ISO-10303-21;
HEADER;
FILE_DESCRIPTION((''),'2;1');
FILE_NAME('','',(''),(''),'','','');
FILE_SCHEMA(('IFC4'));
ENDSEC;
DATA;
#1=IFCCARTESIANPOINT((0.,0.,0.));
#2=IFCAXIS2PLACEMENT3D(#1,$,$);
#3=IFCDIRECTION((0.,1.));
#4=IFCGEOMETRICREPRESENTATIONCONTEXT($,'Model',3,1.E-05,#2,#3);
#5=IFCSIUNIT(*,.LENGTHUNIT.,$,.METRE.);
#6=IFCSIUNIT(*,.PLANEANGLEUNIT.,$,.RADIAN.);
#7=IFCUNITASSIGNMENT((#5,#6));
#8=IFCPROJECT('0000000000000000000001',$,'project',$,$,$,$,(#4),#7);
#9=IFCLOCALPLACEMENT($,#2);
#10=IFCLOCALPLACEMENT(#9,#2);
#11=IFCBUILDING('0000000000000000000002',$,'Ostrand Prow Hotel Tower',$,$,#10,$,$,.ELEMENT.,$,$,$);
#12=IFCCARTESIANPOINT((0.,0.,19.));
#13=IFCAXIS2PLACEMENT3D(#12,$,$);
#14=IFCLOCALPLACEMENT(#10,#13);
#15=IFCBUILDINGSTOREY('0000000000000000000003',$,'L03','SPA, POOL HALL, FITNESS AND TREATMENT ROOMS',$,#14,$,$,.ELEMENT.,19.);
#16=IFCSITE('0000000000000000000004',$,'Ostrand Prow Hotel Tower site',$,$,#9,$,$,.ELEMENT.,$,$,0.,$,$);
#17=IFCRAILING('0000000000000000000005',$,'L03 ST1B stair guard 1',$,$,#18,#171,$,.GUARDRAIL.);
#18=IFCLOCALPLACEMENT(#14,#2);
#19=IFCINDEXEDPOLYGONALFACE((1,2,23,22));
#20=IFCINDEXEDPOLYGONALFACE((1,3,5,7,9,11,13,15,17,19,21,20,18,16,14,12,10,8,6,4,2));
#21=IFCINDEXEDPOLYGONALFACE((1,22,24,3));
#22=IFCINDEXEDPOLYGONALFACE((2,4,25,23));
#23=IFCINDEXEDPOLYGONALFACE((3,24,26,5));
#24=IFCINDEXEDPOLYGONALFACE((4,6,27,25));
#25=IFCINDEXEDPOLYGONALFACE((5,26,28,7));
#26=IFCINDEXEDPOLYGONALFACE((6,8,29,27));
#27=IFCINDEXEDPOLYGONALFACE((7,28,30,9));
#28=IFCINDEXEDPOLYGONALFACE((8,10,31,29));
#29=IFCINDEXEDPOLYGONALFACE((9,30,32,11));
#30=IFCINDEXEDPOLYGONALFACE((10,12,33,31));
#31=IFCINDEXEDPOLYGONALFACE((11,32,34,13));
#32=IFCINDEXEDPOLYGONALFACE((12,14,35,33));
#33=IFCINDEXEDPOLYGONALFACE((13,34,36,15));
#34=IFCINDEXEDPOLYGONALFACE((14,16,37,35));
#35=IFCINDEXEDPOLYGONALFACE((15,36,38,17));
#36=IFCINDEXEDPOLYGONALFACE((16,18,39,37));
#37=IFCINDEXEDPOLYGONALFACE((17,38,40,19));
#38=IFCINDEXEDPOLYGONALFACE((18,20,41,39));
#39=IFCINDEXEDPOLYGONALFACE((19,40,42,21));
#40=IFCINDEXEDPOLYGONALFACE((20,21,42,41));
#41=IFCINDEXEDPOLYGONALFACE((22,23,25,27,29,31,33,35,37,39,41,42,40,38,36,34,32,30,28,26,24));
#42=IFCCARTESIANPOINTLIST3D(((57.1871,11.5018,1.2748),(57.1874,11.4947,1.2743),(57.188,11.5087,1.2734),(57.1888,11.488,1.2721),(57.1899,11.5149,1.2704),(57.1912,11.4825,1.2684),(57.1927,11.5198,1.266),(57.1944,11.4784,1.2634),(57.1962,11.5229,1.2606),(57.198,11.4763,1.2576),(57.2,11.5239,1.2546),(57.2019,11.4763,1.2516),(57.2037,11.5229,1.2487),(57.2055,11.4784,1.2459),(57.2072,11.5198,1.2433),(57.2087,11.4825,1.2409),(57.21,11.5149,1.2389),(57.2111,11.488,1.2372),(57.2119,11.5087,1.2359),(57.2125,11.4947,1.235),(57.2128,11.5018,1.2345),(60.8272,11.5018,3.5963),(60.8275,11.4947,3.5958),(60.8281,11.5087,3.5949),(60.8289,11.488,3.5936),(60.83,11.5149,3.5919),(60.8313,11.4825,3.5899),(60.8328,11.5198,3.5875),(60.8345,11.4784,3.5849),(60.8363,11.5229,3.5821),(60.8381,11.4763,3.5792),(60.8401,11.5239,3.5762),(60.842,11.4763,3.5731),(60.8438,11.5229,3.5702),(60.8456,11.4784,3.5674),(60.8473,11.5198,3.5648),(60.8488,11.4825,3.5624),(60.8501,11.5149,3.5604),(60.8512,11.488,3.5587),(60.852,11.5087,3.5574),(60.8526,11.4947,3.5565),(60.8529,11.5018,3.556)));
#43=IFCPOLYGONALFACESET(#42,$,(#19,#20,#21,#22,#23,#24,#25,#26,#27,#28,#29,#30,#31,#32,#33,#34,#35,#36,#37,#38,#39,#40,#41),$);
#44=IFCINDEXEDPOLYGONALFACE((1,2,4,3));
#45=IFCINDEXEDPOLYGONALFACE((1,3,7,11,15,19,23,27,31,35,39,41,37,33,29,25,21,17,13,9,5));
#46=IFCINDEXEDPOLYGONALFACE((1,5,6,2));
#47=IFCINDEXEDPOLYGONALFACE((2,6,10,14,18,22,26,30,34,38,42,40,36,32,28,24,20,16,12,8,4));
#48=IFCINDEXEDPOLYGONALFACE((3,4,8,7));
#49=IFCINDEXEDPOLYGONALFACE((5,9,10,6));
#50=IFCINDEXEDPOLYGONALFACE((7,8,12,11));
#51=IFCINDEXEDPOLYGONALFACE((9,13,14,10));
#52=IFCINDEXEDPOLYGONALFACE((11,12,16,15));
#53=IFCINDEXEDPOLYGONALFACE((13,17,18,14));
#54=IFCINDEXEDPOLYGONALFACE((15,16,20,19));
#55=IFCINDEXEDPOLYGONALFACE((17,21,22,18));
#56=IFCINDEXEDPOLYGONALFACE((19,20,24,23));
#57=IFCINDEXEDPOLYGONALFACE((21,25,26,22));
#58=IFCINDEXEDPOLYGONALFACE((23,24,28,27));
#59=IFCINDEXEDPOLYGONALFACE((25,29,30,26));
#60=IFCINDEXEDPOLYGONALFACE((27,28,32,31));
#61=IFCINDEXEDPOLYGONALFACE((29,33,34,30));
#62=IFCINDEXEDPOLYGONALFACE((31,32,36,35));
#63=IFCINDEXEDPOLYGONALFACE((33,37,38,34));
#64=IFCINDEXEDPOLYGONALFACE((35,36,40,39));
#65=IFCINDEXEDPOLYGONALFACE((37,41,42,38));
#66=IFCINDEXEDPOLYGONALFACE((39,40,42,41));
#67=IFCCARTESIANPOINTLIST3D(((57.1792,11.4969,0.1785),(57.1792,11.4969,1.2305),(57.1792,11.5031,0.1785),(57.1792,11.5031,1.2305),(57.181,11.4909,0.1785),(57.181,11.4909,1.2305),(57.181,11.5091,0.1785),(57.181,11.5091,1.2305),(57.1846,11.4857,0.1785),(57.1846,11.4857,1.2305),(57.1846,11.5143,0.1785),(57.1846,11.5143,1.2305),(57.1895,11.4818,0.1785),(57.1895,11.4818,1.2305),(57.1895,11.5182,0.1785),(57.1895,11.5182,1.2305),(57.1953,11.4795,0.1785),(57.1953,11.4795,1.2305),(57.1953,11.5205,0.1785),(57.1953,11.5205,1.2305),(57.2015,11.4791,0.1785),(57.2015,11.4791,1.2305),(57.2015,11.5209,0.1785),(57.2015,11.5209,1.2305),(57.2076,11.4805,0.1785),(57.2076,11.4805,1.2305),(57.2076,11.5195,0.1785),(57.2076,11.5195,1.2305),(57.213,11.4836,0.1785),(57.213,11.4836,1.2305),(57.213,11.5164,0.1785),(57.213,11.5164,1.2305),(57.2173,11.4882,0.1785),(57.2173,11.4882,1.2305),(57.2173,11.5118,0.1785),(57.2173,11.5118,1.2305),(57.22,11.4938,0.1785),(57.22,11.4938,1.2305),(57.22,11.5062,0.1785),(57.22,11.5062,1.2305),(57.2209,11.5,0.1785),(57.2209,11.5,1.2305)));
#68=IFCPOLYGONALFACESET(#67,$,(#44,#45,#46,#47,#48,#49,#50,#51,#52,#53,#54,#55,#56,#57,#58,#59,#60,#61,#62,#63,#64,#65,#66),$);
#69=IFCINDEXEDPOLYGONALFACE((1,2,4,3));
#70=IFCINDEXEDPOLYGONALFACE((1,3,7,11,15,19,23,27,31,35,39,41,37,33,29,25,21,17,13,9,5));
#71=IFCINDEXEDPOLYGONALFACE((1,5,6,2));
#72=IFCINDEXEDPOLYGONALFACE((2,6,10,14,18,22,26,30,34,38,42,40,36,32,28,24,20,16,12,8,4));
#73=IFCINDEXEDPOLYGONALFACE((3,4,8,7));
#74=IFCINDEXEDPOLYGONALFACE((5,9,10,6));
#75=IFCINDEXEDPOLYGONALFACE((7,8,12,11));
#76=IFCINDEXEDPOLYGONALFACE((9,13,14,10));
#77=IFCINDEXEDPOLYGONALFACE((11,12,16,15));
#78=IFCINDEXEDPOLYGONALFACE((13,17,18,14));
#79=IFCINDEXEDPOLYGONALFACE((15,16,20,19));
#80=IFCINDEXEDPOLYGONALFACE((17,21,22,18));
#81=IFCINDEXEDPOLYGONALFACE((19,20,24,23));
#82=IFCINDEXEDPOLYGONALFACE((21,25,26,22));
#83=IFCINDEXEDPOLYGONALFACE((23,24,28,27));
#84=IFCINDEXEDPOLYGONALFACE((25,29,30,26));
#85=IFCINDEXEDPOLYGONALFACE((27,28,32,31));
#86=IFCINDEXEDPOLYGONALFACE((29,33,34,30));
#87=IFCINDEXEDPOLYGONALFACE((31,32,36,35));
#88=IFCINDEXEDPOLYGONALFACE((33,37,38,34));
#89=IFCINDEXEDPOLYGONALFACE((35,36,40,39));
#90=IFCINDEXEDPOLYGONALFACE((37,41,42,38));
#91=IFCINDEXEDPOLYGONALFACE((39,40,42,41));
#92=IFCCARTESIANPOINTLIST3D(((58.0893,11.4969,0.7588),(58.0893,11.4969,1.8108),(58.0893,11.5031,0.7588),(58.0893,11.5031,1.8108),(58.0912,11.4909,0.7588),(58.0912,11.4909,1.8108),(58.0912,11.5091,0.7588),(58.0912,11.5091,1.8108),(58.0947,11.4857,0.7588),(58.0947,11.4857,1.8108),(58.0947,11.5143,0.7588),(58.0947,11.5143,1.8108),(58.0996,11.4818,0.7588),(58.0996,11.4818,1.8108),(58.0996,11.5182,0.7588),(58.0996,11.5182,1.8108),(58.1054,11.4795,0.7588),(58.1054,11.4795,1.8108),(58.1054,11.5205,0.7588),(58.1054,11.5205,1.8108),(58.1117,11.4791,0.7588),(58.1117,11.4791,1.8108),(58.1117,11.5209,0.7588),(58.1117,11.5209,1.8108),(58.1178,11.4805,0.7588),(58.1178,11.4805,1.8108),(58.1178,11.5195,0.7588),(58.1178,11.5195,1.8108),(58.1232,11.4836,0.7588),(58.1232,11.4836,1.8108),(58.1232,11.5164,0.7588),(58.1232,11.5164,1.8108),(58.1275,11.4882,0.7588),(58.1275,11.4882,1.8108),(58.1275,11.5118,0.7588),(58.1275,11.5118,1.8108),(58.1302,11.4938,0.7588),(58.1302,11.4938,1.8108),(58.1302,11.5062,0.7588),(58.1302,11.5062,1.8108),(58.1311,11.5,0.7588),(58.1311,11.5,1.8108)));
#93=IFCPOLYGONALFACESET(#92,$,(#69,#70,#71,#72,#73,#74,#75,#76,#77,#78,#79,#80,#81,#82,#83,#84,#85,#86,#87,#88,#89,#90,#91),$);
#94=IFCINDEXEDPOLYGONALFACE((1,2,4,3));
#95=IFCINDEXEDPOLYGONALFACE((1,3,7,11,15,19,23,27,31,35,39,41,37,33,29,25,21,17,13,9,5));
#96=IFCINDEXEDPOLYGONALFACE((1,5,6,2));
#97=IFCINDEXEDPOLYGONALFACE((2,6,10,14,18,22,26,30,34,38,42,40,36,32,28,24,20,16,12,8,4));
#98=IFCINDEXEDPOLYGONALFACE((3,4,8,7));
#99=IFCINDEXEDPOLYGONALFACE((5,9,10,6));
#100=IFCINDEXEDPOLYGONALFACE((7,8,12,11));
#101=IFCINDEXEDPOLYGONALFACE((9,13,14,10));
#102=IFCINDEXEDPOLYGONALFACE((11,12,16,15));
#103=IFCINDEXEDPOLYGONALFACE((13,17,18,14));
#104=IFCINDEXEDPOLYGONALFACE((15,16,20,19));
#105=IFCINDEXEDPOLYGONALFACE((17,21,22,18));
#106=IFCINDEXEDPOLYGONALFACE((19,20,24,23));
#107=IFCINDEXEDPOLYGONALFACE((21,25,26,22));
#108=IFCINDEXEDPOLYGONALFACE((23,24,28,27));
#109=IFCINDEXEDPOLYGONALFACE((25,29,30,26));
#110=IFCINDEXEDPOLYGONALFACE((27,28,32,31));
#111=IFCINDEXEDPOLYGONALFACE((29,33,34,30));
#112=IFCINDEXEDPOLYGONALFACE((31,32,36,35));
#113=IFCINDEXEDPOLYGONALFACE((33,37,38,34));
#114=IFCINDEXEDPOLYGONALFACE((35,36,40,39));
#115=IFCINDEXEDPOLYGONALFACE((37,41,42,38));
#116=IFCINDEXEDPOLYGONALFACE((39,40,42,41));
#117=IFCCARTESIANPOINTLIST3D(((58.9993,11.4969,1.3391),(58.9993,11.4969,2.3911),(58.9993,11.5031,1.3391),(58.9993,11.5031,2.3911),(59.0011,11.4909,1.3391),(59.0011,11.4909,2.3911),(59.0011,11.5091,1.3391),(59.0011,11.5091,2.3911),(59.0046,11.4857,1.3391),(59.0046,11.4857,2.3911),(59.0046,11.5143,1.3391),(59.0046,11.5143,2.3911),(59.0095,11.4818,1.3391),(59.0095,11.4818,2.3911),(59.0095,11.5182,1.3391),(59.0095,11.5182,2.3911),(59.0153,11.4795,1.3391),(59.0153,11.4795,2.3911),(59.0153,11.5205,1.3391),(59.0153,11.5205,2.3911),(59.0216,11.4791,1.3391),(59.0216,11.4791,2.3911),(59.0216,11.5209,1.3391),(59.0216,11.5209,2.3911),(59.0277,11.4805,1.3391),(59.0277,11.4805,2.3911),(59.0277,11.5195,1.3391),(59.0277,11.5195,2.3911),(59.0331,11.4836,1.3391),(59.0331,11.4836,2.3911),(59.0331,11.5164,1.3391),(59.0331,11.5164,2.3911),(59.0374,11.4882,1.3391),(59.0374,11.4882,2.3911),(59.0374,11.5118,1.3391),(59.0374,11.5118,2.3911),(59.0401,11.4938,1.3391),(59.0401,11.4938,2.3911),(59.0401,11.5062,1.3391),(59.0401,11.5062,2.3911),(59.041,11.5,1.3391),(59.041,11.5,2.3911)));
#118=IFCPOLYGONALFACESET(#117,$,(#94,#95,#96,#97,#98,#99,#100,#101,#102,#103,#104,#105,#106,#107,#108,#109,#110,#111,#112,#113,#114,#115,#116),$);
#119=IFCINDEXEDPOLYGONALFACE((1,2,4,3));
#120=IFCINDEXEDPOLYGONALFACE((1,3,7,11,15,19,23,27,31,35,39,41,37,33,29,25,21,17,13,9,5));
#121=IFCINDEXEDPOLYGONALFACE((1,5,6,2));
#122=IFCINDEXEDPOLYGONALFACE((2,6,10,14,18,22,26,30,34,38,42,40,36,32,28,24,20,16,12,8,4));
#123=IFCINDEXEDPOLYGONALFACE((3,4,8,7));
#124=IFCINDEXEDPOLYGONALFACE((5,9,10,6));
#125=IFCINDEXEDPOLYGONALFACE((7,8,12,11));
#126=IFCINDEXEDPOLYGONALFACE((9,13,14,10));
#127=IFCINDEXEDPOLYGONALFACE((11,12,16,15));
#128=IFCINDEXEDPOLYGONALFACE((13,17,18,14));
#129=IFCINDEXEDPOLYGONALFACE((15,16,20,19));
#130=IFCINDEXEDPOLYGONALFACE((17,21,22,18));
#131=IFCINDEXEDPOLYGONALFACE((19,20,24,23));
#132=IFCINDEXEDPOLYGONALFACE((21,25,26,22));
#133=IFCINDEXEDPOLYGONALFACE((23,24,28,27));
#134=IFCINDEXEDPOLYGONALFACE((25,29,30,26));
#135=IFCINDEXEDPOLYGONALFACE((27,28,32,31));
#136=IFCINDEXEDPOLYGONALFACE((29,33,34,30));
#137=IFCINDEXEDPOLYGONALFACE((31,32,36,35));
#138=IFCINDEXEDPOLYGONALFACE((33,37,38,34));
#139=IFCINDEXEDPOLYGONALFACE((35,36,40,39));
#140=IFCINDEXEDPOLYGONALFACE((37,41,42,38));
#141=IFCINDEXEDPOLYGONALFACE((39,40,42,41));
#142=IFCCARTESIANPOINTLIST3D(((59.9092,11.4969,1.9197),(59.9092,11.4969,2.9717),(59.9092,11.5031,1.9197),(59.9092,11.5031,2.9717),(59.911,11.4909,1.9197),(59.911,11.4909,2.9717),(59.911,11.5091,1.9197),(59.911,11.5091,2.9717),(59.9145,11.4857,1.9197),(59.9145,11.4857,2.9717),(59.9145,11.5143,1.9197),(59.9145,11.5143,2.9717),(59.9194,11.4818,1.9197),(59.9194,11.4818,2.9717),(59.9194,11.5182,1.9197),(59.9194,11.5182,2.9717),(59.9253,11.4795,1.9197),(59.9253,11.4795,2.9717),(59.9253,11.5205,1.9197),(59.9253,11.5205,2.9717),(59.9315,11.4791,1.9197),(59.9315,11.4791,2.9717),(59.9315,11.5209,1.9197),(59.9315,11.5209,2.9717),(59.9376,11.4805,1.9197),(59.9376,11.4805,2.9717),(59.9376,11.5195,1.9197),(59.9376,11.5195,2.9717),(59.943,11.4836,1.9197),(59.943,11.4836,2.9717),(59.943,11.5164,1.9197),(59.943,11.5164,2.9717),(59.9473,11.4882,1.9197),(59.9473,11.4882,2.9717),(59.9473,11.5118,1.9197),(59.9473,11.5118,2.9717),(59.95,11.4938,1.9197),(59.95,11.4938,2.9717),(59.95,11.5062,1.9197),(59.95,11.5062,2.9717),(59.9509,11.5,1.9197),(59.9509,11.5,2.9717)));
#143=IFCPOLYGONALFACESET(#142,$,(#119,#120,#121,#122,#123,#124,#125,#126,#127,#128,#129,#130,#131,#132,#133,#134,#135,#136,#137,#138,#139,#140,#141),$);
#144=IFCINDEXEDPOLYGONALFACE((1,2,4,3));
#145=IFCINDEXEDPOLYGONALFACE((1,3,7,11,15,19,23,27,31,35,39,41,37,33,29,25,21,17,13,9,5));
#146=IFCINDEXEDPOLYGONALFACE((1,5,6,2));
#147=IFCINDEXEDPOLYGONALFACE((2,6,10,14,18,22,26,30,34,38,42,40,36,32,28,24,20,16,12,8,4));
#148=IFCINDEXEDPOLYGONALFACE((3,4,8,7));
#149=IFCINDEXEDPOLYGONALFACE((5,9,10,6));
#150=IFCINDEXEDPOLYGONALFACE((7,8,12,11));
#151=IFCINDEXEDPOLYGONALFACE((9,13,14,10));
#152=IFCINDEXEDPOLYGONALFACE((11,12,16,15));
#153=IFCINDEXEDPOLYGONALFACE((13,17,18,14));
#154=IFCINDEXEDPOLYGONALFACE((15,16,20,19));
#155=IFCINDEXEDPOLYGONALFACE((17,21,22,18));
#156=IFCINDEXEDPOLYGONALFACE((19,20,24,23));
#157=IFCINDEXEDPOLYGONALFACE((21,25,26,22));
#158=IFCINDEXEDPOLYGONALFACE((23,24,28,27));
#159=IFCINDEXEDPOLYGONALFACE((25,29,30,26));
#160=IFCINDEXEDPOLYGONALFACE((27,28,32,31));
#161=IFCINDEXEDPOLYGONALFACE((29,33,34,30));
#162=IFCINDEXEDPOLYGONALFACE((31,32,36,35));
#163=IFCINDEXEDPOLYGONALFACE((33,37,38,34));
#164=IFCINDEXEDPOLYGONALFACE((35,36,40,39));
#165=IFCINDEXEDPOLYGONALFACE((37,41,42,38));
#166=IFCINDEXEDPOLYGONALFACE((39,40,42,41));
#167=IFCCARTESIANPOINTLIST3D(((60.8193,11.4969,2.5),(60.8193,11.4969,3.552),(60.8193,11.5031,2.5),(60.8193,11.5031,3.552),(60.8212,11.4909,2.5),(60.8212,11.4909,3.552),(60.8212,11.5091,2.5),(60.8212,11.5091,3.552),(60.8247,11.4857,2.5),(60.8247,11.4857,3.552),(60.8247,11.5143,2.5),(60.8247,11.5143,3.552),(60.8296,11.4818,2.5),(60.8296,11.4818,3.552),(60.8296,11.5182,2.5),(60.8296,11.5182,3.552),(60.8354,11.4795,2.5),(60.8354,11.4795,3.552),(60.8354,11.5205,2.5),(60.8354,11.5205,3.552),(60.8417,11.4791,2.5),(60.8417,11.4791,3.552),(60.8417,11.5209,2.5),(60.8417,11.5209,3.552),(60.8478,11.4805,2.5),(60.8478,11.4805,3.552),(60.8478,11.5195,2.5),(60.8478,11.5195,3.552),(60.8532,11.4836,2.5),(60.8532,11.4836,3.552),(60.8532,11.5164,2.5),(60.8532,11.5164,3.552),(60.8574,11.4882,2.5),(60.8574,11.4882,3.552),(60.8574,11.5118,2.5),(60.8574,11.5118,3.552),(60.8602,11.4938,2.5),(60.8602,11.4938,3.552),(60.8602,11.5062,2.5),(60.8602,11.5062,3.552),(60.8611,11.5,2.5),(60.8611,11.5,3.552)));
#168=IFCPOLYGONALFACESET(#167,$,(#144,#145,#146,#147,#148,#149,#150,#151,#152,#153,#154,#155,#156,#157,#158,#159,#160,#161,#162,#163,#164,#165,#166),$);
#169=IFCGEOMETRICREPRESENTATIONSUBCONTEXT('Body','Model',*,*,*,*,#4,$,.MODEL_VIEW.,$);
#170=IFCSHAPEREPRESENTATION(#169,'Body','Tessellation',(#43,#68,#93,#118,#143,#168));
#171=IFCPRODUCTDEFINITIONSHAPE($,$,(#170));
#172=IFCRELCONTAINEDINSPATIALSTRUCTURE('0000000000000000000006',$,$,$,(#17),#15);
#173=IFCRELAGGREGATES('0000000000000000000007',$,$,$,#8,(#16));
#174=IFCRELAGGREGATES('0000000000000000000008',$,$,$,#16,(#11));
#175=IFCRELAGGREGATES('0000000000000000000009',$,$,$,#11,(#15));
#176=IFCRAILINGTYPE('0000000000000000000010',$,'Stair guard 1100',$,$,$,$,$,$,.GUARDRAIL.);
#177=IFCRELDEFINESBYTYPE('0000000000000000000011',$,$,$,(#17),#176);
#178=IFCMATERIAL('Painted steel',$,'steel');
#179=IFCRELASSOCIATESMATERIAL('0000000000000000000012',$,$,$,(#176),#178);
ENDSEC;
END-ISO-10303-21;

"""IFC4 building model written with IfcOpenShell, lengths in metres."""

from ifc_helpers import new_model, si_unit, direction, frame, origin, origin_2d, place, context, subcontext, project, spatial, circle, extrude, material, type_object, element, save


model = new_model("IFC4")

# Units and contexts
model_context = context("Model", 3, precision=1e-05, world=origin(), true_north=direction((0.0, 1.0)))
body_context = subcontext(model_context, "Body", "Model", "MODEL_VIEW")
ifc_project = project(units=[si_unit("LENGTHUNIT", "METRE"), si_unit("PLANEANGLEUNIT", "RADIAN")], contexts=[model_context])

# Site, building, storey
site_placement = place(None, origin())
site = spatial("IfcSite", under=ifc_project, at=site_placement, Name="Ostrand Prow Hotel Tower site", CompositionType="ELEMENT", RefElevation=0.0)
building_placement = place(site_placement, origin())
building = spatial("IfcBuilding", under=site, at=building_placement, Name="Ostrand Prow Hotel Tower", CompositionType="ELEMENT")
storey_placement = place(building_placement, frame((0.0, 0.0, 19.0)))
storey = spatial("IfcBuildingStorey", under=building, at=storey_placement, Name="L03", Description="SPA, POOL HALL, FITNESS AND TREATMENT ROOMS", CompositionType="ELEMENT", Elevation=19.0)

# Railing
ifc_material_1 = material(Name="Painted steel", Category="steel")
railing_type_1 = type_object("IfcRailingType", Name="Stair guard 1100", PredefinedType="GUARDRAIL", material=ifc_material_1)
railing_1_placement = place(storey_placement, frame((57.2, 11.5, 0.1785)))
element("IfcRailing", 1, at=railing_1_placement, inside=storey, type_object=railing_type_1, Name="L03 ST1B stair guard 1", PredefinedType="GUARDRAIL", context=body_context, shape_type="SweptSolid", body=[
    extrude(circle(Radius=0.0239, at=origin_2d()), frame((0.0, 0.0, 1.0762), z_axis=(0.843128, 0.0, 0.537713), x_axis=(0.0, 1.0, 0.0)), (0.0, 0.0, 1.0), 4.3174),
    extrude(circle(Radius=0.021, at=origin_2d()), origin(), (0.0, 0.0, 1.0), 1.052),
    extrude(circle(Radius=0.021, at=origin_2d()), frame((0.9102, 0.0, 0.5803)), (0.0, 0.0, 1.0), 1.052),
    extrude(circle(Radius=0.021, at=origin_2d()), frame((1.8201, 0.0, 1.1606)), (0.0, 0.0, 1.0), 1.052),
    extrude(circle(Radius=0.021, at=origin_2d()), frame((2.73, 0.0, 1.7412)), (0.0, 0.0, 1.0), 1.052),
    extrude(circle(Radius=0.021, at=origin_2d()), frame((3.6401, 0.0, 2.3215)), (0.0, 0.0, 1.0), 1.052),
])

save(model, "model.ifc")
